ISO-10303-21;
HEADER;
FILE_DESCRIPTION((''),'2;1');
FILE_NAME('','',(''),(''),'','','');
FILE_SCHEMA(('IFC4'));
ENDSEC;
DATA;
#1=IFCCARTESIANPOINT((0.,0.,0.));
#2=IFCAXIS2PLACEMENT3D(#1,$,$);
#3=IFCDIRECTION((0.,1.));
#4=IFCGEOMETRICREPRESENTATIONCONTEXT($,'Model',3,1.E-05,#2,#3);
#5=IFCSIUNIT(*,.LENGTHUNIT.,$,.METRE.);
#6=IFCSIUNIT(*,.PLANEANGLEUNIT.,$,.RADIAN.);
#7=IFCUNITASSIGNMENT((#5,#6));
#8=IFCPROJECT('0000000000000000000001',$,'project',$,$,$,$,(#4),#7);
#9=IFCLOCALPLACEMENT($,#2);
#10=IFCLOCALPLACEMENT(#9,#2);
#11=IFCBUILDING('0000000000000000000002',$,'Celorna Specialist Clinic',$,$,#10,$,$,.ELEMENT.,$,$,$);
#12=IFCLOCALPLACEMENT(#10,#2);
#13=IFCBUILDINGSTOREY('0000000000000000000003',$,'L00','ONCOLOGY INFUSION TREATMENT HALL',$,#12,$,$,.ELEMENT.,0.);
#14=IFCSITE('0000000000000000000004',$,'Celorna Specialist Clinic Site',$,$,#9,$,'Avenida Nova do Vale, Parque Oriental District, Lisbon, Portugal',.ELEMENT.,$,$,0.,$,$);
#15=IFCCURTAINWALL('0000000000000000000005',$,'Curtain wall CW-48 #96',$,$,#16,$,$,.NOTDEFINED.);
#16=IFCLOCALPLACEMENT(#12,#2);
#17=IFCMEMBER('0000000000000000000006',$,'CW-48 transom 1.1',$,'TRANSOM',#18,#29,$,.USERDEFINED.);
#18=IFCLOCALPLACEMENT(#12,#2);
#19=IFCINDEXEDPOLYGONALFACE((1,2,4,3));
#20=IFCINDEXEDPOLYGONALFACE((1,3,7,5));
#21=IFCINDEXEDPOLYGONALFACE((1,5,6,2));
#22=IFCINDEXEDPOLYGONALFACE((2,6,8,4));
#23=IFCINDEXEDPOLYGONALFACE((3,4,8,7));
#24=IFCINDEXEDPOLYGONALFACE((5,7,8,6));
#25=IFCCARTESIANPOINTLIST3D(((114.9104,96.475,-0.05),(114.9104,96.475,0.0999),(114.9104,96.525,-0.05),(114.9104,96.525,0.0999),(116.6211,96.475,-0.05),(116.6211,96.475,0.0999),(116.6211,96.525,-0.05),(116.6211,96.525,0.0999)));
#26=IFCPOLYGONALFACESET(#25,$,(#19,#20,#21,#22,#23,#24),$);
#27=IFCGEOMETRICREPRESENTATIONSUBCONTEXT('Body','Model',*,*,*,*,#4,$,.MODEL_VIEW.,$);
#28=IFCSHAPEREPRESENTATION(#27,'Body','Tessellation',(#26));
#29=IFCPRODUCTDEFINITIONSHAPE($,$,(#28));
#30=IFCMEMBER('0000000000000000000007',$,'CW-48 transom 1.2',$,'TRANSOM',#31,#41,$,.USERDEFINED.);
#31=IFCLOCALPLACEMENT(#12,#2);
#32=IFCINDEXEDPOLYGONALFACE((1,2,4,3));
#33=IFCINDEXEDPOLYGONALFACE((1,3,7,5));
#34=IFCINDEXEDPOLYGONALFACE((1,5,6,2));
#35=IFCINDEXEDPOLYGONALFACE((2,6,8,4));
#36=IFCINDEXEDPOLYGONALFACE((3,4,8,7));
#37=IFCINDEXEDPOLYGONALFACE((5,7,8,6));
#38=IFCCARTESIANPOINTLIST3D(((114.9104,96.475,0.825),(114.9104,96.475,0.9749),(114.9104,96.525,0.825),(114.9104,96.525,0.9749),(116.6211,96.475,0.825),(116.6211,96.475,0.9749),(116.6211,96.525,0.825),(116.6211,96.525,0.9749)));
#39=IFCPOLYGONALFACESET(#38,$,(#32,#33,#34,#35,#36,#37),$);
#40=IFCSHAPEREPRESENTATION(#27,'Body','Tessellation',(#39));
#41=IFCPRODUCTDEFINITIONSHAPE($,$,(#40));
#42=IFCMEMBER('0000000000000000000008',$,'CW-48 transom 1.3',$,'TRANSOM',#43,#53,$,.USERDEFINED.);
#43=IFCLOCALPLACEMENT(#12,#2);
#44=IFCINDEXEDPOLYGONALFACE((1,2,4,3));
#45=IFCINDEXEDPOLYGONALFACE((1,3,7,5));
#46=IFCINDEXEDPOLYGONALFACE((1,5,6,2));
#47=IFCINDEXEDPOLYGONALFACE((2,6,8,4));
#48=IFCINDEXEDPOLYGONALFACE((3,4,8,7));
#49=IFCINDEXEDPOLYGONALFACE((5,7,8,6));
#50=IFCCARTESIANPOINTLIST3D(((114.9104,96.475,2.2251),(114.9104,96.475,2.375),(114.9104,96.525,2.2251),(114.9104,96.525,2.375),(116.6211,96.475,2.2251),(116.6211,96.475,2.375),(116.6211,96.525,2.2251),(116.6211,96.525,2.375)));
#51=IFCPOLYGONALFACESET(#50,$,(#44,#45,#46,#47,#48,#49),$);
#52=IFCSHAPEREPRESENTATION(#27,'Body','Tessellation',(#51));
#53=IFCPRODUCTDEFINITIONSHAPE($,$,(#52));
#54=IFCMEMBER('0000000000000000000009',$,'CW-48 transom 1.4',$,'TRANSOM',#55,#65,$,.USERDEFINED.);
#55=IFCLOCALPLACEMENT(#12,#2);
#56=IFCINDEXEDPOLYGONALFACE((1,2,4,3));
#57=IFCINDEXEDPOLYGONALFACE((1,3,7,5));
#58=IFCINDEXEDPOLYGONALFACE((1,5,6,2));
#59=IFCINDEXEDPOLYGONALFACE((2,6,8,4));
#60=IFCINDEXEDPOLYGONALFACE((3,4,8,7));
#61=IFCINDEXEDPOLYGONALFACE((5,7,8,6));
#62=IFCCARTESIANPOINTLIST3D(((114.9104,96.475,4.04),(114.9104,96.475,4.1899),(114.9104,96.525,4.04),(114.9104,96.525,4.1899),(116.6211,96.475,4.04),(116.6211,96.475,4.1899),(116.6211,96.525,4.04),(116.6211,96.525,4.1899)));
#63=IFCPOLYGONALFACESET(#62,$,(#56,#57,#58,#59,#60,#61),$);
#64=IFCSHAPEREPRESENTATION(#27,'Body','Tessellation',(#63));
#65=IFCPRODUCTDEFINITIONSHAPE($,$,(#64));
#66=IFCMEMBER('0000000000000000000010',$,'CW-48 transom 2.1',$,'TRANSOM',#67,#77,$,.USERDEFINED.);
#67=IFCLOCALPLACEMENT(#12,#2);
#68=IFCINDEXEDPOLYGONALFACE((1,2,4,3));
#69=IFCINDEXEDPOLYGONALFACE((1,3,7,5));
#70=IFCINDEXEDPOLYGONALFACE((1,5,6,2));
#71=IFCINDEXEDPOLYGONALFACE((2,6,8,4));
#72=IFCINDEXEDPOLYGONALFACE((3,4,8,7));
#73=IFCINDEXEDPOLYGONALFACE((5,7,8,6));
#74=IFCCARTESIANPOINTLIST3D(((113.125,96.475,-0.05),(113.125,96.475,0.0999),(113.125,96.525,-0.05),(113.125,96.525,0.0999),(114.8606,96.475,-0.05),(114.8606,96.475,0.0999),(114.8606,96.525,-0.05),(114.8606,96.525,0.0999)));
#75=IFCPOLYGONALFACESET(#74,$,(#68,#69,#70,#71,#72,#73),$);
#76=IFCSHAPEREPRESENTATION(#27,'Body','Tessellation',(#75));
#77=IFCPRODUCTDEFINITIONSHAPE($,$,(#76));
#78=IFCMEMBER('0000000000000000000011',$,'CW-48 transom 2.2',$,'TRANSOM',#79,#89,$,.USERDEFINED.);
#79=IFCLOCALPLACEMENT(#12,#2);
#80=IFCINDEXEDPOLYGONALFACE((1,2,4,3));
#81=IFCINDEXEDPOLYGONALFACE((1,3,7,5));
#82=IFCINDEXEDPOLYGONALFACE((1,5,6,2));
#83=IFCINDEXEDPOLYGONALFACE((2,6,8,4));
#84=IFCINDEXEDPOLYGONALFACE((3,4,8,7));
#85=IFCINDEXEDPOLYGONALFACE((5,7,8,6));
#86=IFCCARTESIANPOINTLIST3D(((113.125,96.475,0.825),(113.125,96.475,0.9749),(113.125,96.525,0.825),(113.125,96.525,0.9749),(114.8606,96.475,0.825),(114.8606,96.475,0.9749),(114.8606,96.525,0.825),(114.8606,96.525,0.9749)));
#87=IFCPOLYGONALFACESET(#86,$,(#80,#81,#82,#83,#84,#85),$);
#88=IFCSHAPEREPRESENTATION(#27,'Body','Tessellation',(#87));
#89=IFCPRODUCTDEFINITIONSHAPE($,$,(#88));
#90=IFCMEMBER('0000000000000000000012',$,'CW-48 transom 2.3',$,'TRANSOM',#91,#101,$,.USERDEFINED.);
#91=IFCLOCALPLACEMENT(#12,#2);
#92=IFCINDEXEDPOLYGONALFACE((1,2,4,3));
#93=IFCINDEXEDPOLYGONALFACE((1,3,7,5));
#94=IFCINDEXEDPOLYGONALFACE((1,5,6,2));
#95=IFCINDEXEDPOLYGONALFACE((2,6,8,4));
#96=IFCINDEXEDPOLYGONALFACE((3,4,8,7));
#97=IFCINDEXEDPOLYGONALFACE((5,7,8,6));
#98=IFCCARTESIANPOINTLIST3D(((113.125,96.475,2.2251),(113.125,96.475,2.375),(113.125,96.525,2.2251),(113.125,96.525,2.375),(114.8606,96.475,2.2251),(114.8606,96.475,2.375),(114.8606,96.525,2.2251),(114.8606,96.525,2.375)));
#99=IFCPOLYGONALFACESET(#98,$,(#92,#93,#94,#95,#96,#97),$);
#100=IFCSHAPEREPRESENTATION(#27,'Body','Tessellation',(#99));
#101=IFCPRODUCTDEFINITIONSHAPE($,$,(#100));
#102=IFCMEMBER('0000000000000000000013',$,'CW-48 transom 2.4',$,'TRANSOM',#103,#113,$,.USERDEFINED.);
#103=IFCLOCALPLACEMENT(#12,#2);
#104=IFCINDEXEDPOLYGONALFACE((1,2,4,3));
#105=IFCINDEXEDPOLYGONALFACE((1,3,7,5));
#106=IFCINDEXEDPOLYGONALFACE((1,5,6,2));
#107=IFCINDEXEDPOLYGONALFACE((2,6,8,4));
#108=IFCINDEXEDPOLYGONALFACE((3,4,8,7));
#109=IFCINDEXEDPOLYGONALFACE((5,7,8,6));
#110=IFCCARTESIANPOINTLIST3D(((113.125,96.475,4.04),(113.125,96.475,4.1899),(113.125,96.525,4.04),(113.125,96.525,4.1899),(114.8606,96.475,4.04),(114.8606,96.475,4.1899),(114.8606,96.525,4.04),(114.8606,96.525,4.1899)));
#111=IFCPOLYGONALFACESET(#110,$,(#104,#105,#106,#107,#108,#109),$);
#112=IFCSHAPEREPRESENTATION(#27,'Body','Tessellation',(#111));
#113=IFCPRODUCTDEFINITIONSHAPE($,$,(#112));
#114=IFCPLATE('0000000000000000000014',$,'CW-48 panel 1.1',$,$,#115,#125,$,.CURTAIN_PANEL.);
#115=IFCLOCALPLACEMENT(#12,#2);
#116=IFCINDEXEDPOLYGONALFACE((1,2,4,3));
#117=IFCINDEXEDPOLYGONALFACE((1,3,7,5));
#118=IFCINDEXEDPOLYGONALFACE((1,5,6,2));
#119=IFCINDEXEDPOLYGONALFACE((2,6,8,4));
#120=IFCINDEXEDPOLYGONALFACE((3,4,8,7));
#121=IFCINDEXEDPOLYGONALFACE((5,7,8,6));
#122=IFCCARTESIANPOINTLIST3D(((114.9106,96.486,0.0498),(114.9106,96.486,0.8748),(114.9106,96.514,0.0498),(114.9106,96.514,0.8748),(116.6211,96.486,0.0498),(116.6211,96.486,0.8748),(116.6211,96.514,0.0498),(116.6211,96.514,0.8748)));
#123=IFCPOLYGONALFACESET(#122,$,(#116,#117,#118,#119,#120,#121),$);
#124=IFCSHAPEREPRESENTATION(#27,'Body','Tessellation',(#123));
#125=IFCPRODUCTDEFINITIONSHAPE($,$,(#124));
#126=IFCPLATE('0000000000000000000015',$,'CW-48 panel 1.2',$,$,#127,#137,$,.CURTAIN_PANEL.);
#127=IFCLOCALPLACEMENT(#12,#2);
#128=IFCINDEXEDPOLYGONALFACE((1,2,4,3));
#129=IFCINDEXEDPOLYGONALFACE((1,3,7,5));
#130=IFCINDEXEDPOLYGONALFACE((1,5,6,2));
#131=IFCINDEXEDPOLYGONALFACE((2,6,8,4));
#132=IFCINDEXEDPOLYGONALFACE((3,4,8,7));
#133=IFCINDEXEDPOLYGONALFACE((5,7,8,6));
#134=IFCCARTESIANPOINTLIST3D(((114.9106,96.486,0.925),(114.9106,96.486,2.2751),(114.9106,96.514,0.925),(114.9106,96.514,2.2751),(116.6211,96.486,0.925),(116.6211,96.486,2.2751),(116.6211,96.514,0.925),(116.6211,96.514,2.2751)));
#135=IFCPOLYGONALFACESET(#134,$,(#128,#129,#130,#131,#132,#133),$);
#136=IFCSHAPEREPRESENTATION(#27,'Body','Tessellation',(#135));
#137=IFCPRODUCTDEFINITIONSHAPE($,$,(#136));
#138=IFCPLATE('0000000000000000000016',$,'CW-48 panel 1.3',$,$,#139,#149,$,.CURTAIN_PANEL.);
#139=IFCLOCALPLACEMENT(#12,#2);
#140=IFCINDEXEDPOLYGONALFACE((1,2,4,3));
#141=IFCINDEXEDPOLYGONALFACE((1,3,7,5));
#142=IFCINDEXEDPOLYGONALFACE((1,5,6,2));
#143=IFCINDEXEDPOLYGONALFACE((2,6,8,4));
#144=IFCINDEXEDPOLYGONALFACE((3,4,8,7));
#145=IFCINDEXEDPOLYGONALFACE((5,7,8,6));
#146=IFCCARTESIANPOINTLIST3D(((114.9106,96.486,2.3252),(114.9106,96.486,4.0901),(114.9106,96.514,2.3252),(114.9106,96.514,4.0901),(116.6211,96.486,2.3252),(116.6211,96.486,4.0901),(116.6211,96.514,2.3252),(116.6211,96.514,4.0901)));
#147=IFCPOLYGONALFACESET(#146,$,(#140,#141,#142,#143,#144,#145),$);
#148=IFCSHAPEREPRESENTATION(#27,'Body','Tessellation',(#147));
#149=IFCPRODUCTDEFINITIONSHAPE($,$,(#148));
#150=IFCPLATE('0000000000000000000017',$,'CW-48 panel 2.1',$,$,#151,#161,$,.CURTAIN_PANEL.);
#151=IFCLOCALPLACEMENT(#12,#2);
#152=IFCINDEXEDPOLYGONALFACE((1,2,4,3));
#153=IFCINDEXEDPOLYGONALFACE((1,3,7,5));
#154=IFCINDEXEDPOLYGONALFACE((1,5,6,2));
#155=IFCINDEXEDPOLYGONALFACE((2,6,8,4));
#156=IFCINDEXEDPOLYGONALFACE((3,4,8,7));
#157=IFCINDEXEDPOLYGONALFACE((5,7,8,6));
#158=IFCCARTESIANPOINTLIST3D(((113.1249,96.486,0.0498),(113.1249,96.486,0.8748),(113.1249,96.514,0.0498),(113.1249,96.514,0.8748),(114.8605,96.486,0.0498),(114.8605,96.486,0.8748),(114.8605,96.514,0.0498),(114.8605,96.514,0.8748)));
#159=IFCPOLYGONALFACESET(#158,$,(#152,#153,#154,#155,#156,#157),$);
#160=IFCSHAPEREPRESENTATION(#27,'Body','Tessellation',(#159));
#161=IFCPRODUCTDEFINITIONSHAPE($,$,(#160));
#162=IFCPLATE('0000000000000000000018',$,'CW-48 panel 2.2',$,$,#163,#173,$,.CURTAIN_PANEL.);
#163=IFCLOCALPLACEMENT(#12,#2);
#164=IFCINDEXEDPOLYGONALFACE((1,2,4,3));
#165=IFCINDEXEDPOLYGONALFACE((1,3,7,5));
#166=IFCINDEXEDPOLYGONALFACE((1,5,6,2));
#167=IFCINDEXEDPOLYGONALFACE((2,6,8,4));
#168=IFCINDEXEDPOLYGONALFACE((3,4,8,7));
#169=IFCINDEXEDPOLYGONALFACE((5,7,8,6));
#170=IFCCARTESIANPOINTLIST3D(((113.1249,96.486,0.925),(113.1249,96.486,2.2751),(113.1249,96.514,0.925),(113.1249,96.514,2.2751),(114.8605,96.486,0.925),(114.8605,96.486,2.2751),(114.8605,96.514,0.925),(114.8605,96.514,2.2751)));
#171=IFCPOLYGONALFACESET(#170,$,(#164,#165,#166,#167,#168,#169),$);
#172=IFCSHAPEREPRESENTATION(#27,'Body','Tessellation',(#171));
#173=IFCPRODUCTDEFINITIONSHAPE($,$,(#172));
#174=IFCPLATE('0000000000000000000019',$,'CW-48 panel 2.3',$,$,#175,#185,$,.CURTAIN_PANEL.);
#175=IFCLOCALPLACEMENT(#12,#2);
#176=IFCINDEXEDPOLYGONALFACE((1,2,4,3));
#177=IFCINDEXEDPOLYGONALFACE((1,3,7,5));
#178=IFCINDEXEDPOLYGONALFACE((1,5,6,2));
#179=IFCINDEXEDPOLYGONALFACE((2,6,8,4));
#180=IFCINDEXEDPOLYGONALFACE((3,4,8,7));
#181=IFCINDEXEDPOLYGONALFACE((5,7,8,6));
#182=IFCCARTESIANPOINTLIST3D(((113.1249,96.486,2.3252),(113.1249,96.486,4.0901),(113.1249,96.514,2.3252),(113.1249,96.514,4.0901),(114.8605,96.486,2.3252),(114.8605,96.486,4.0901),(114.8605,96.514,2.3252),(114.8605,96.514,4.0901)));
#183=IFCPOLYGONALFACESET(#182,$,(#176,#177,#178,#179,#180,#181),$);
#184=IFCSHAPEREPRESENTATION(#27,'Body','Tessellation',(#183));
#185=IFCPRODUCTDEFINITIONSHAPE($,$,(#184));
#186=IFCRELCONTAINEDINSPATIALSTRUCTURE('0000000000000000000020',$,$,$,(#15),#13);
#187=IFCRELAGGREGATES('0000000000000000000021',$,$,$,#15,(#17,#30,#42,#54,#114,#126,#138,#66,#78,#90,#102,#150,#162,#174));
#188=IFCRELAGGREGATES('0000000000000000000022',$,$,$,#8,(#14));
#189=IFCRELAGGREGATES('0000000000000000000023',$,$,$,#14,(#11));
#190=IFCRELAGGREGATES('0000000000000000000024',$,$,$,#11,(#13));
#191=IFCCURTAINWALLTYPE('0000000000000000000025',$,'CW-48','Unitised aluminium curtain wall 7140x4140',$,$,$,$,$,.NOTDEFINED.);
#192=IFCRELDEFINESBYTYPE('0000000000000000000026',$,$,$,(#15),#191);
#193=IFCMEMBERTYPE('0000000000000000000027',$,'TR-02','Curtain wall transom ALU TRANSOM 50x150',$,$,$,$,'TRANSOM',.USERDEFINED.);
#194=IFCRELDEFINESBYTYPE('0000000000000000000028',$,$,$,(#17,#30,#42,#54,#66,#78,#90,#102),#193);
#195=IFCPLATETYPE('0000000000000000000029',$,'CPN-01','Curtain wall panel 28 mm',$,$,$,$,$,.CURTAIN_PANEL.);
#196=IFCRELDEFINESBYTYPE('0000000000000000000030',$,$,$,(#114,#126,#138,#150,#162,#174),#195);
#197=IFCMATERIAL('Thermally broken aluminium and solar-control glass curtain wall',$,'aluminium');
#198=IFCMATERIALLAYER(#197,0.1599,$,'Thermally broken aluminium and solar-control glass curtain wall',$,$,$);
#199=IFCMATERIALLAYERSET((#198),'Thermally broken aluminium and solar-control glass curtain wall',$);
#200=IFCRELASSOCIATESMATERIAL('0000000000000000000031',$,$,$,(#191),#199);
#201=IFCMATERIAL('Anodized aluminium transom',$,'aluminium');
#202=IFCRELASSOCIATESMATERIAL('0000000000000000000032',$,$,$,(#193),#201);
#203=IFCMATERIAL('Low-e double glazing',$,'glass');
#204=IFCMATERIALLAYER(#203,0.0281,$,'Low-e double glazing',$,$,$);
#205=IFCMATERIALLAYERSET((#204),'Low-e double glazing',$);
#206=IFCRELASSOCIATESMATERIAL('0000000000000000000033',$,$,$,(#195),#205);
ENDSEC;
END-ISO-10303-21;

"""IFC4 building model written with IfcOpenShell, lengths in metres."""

from ifc_helpers import new_model, si_unit, direction, frame, origin, origin_2d, place, context, subcontext, project, spatial, rectangle, extrude, material, layer, layer_set, material_profile, profile_set, type_object, element, aggregate, save


model = new_model("IFC4")

# Units and contexts
model_context = context("Model", 3, precision=1e-05, world=origin(), true_north=direction((0.0, 1.0)))
body_context = subcontext(model_context, "Body", "Model", "MODEL_VIEW")
ifc_project = project(units=[si_unit("LENGTHUNIT", "METRE"), si_unit("PLANEANGLEUNIT", "RADIAN")], contexts=[model_context])

# Site, building, storey
site_placement = place(None, origin())
site = spatial("IfcSite", under=ifc_project, at=site_placement, Name="Celorna Specialist Clinic Site", LongName="Avenida Nova do Vale, Parque Oriental District, Lisbon, Portugal", CompositionType="ELEMENT", RefElevation=0.0)
building_placement = place(site_placement, origin())
building = spatial("IfcBuilding", under=site, at=building_placement, Name="Celorna Specialist Clinic", CompositionType="ELEMENT")
storey_placement = place(building_placement, origin())
storey = spatial("IfcBuildingStorey", under=building, at=storey_placement, Name="L00", Description="ONCOLOGY INFUSION TREATMENT HALL", CompositionType="ELEMENT", Elevation=0.0)

# Curtain wall
ifc_material_1 = material(Name="Thermally broken aluminium and solar-control glass curtain wall", Category="aluminium")
ifc_layer_1 = layer(ifc_material_1, 0.1599, Name="Thermally broken aluminium and solar-control glass curtain wall")
ifc_layer_set_1 = layer_set([ifc_layer_1], Name="Thermally broken aluminium and solar-control glass curtain wall")
curtain_wall_type_1 = type_object("IfcCurtainWallType", Name="CW-48", Description="Unitised aluminium curtain wall 7140x4140", PredefinedType="NOTDEFINED", material=ifc_layer_set_1)
curtain_wall_1_placement = place(storey_placement, origin())
curtain_wall_1 = element("IfcCurtainWall", 1, at=curtain_wall_1_placement, inside=storey, type_object=curtain_wall_type_1, Name="Curtain wall CW-48 #96", PredefinedType="NOTDEFINED")
ifc_material_2 = material(Name="Anodized aluminium transom", Category="aluminium")

# Members
ifc_material_profile_1 = material_profile(ifc_material_2, rectangle(XDim=0.05, YDim=0.1499, at=origin_2d()), Name="ALU TRANSOM 50x150")
ifc_profile_set_1 = profile_set([ifc_material_profile_1], Name="Anodized aluminium transom")
member_type_1 = type_object("IfcMemberType", Name="TR-02", Description="Curtain wall transom ALU TRANSOM 50x150", ElementType="TRANSOM", PredefinedType="USERDEFINED", material=ifc_profile_set_1)
member_1_placement = place(storey_placement, frame((116.6211, 96.5, 0.0249), z_axis=(-1.0, 0.0, 0.0), x_axis=(0.0, -1.0, 0.0)))
member_1 = element("IfcMember", 2, at=member_1_placement, type_object=member_type_1, Name="CW-48 transom 1.1", ObjectType="TRANSOM", PredefinedType="USERDEFINED", context=body_context, shape_type="SweptSolid", body=[
    extrude(rectangle(XDim=0.05, YDim=0.1499, at=origin_2d()), origin(), (0.0, 0.0, 1.0), 1.7107),
])
member_2_placement = place(storey_placement, frame((116.6211, 96.5, 0.8999), z_axis=(-1.0, 0.0, 0.0), x_axis=(0.0, -1.0, 0.0)))
member_2 = element("IfcMember", 3, at=member_2_placement, type_object=member_type_1, Name="CW-48 transom 1.2", ObjectType="TRANSOM", PredefinedType="USERDEFINED", context=body_context, shape_type="SweptSolid", body=[
    extrude(rectangle(XDim=0.05, YDim=0.1499, at=origin_2d()), origin(), (0.0, 0.0, 1.0), 1.7107),
])
member_3_placement = place(storey_placement, frame((116.6211, 96.5, 2.3), z_axis=(-1.0, 0.0, 0.0), x_axis=(0.0, -1.0, 0.0)))
member_3 = element("IfcMember", 4, at=member_3_placement, type_object=member_type_1, Name="CW-48 transom 1.3", ObjectType="TRANSOM", PredefinedType="USERDEFINED", context=body_context, shape_type="SweptSolid", body=[
    extrude(rectangle(XDim=0.05, YDim=0.1499, at=origin_2d()), origin(), (0.0, 0.0, 1.0), 1.7107),
])
member_4_placement = place(storey_placement, frame((116.6211, 96.5, 4.115), z_axis=(-1.0, 0.0, 0.0), x_axis=(0.0, -1.0, 0.0)))
member_4 = element("IfcMember", 5, at=member_4_placement, type_object=member_type_1, Name="CW-48 transom 1.4", ObjectType="TRANSOM", PredefinedType="USERDEFINED", context=body_context, shape_type="SweptSolid", body=[
    extrude(rectangle(XDim=0.05, YDim=0.1499, at=origin_2d()), origin(), (0.0, 0.0, 1.0), 1.7107),
])
member_5_placement = place(storey_placement, frame((114.8606, 96.5, 0.0249), z_axis=(-1.0, 0.0, 0.0), x_axis=(0.0, -1.0, 0.0)))
member_5 = element("IfcMember", 6, at=member_5_placement, type_object=member_type_1, Name="CW-48 transom 2.1", ObjectType="TRANSOM", PredefinedType="USERDEFINED", context=body_context, shape_type="SweptSolid", body=[
    extrude(rectangle(XDim=0.05, YDim=0.1499, at=origin_2d()), origin(), (0.0, 0.0, 1.0), 1.7356),
])
member_6_placement = place(storey_placement, frame((114.8606, 96.5, 0.8999), z_axis=(-1.0, 0.0, 0.0), x_axis=(0.0, -1.0, 0.0)))
member_6 = element("IfcMember", 7, at=member_6_placement, type_object=member_type_1, Name="CW-48 transom 2.2", ObjectType="TRANSOM", PredefinedType="USERDEFINED", context=body_context, shape_type="SweptSolid", body=[
    extrude(rectangle(XDim=0.05, YDim=0.1499, at=origin_2d()), origin(), (0.0, 0.0, 1.0), 1.7356),
])
member_7_placement = place(storey_placement, frame((114.8606, 96.5, 2.3), z_axis=(-1.0, 0.0, 0.0), x_axis=(0.0, -1.0, 0.0)))
member_7 = element("IfcMember", 8, at=member_7_placement, type_object=member_type_1, Name="CW-48 transom 2.3", ObjectType="TRANSOM", PredefinedType="USERDEFINED", context=body_context, shape_type="SweptSolid", body=[
    extrude(rectangle(XDim=0.05, YDim=0.1499, at=origin_2d()), origin(), (0.0, 0.0, 1.0), 1.7356),
])
member_8_placement = place(storey_placement, frame((114.8606, 96.5, 4.115), z_axis=(-1.0, 0.0, 0.0), x_axis=(0.0, -1.0, 0.0)))
member_8 = element("IfcMember", 9, at=member_8_placement, type_object=member_type_1, Name="CW-48 transom 2.4", ObjectType="TRANSOM", PredefinedType="USERDEFINED", context=body_context, shape_type="SweptSolid", body=[
    extrude(rectangle(XDim=0.05, YDim=0.1499, at=origin_2d()), origin(), (0.0, 0.0, 1.0), 1.7356),
])

# Plates
ifc_material_3 = material(Name="Low-e double glazing", Category="glass")
ifc_layer_2 = layer(ifc_material_3, 0.0281, Name="Low-e double glazing")
ifc_layer_set_2 = layer_set([ifc_layer_2], Name="Low-e double glazing")
plate_type_1 = type_object("IfcPlateType", Name="CPN-01", Description="Curtain wall panel 28 mm", PredefinedType="CURTAIN_PANEL", material=ifc_layer_set_2)
plate_1_placement = place(storey_placement, frame((115.7659, 96.5, 0.0498), z_axis=(0.0, 0.0, 1.0), x_axis=(-1.0, 0.0, 0.0)))
plate_1 = element("IfcPlate", 10, at=plate_1_placement, type_object=plate_type_1, Name="CW-48 panel 1.1", PredefinedType="CURTAIN_PANEL", context=body_context, shape_type="SweptSolid", body=[
    extrude(rectangle(XDim=1.7104, YDim=0.0281, at=origin_2d()), origin(), (0.0, 0.0, 1.0), 0.825),
])
plate_2_placement = place(storey_placement, frame((115.7659, 96.5, 0.925), z_axis=(0.0, 0.0, 1.0), x_axis=(-1.0, 0.0, 0.0)))
plate_2 = element("IfcPlate", 11, at=plate_2_placement, type_object=plate_type_1, Name="CW-48 panel 1.2", PredefinedType="CURTAIN_PANEL", context=body_context, shape_type="SweptSolid", body=[
    extrude(rectangle(XDim=1.7104, YDim=0.0281, at=origin_2d()), origin(), (0.0, 0.0, 1.0), 1.3501),
])
plate_3_placement = place(storey_placement, frame((115.7659, 96.5, 2.3252), z_axis=(0.0, 0.0, 1.0), x_axis=(-1.0, 0.0, 0.0)))
plate_3 = element("IfcPlate", 12, at=plate_3_placement, type_object=plate_type_1, Name="CW-48 panel 1.3", PredefinedType="CURTAIN_PANEL", context=body_context, shape_type="SweptSolid", body=[
    extrude(rectangle(XDim=1.7104, YDim=0.0281, at=origin_2d()), origin(), (0.0, 0.0, 1.0), 1.7649),
])
plate_4_placement = place(storey_placement, frame((113.9927, 96.5, 0.0498), z_axis=(0.0, 0.0, 1.0), x_axis=(-1.0, 0.0, 0.0)))
plate_4 = element("IfcPlate", 13, at=plate_4_placement, type_object=plate_type_1, Name="CW-48 panel 2.1", PredefinedType="CURTAIN_PANEL", context=body_context, shape_type="SweptSolid", body=[
    extrude(rectangle(XDim=1.7356, YDim=0.0281, at=origin_2d()), origin(), (0.0, 0.0, 1.0), 0.825),
])
plate_5_placement = place(storey_placement, frame((113.9927, 96.5, 0.925), z_axis=(0.0, 0.0, 1.0), x_axis=(-1.0, 0.0, 0.0)))
plate_5 = element("IfcPlate", 14, at=plate_5_placement, type_object=plate_type_1, Name="CW-48 panel 2.2", PredefinedType="CURTAIN_PANEL", context=body_context, shape_type="SweptSolid", body=[
    extrude(rectangle(XDim=1.7356, YDim=0.0281, at=origin_2d()), origin(), (0.0, 0.0, 1.0), 1.3501),
])
plate_6_placement = place(storey_placement, frame((113.9927, 96.5, 2.3252), z_axis=(0.0, 0.0, 1.0), x_axis=(-1.0, 0.0, 0.0)))
plate_6 = element("IfcPlate", 15, at=plate_6_placement, type_object=plate_type_1, Name="CW-48 panel 2.3", PredefinedType="CURTAIN_PANEL", context=body_context, shape_type="SweptSolid", body=[
    extrude(rectangle(XDim=1.7356, YDim=0.0281, at=origin_2d()), origin(), (0.0, 0.0, 1.0), 1.7649),
])
aggregate(curtain_wall_1, [member_1, member_2, member_3, member_4, plate_1, plate_2, plate_3, member_5, member_6, member_7, member_8, plate_4, plate_5, plate_6])

save(model, "model.ifc")
